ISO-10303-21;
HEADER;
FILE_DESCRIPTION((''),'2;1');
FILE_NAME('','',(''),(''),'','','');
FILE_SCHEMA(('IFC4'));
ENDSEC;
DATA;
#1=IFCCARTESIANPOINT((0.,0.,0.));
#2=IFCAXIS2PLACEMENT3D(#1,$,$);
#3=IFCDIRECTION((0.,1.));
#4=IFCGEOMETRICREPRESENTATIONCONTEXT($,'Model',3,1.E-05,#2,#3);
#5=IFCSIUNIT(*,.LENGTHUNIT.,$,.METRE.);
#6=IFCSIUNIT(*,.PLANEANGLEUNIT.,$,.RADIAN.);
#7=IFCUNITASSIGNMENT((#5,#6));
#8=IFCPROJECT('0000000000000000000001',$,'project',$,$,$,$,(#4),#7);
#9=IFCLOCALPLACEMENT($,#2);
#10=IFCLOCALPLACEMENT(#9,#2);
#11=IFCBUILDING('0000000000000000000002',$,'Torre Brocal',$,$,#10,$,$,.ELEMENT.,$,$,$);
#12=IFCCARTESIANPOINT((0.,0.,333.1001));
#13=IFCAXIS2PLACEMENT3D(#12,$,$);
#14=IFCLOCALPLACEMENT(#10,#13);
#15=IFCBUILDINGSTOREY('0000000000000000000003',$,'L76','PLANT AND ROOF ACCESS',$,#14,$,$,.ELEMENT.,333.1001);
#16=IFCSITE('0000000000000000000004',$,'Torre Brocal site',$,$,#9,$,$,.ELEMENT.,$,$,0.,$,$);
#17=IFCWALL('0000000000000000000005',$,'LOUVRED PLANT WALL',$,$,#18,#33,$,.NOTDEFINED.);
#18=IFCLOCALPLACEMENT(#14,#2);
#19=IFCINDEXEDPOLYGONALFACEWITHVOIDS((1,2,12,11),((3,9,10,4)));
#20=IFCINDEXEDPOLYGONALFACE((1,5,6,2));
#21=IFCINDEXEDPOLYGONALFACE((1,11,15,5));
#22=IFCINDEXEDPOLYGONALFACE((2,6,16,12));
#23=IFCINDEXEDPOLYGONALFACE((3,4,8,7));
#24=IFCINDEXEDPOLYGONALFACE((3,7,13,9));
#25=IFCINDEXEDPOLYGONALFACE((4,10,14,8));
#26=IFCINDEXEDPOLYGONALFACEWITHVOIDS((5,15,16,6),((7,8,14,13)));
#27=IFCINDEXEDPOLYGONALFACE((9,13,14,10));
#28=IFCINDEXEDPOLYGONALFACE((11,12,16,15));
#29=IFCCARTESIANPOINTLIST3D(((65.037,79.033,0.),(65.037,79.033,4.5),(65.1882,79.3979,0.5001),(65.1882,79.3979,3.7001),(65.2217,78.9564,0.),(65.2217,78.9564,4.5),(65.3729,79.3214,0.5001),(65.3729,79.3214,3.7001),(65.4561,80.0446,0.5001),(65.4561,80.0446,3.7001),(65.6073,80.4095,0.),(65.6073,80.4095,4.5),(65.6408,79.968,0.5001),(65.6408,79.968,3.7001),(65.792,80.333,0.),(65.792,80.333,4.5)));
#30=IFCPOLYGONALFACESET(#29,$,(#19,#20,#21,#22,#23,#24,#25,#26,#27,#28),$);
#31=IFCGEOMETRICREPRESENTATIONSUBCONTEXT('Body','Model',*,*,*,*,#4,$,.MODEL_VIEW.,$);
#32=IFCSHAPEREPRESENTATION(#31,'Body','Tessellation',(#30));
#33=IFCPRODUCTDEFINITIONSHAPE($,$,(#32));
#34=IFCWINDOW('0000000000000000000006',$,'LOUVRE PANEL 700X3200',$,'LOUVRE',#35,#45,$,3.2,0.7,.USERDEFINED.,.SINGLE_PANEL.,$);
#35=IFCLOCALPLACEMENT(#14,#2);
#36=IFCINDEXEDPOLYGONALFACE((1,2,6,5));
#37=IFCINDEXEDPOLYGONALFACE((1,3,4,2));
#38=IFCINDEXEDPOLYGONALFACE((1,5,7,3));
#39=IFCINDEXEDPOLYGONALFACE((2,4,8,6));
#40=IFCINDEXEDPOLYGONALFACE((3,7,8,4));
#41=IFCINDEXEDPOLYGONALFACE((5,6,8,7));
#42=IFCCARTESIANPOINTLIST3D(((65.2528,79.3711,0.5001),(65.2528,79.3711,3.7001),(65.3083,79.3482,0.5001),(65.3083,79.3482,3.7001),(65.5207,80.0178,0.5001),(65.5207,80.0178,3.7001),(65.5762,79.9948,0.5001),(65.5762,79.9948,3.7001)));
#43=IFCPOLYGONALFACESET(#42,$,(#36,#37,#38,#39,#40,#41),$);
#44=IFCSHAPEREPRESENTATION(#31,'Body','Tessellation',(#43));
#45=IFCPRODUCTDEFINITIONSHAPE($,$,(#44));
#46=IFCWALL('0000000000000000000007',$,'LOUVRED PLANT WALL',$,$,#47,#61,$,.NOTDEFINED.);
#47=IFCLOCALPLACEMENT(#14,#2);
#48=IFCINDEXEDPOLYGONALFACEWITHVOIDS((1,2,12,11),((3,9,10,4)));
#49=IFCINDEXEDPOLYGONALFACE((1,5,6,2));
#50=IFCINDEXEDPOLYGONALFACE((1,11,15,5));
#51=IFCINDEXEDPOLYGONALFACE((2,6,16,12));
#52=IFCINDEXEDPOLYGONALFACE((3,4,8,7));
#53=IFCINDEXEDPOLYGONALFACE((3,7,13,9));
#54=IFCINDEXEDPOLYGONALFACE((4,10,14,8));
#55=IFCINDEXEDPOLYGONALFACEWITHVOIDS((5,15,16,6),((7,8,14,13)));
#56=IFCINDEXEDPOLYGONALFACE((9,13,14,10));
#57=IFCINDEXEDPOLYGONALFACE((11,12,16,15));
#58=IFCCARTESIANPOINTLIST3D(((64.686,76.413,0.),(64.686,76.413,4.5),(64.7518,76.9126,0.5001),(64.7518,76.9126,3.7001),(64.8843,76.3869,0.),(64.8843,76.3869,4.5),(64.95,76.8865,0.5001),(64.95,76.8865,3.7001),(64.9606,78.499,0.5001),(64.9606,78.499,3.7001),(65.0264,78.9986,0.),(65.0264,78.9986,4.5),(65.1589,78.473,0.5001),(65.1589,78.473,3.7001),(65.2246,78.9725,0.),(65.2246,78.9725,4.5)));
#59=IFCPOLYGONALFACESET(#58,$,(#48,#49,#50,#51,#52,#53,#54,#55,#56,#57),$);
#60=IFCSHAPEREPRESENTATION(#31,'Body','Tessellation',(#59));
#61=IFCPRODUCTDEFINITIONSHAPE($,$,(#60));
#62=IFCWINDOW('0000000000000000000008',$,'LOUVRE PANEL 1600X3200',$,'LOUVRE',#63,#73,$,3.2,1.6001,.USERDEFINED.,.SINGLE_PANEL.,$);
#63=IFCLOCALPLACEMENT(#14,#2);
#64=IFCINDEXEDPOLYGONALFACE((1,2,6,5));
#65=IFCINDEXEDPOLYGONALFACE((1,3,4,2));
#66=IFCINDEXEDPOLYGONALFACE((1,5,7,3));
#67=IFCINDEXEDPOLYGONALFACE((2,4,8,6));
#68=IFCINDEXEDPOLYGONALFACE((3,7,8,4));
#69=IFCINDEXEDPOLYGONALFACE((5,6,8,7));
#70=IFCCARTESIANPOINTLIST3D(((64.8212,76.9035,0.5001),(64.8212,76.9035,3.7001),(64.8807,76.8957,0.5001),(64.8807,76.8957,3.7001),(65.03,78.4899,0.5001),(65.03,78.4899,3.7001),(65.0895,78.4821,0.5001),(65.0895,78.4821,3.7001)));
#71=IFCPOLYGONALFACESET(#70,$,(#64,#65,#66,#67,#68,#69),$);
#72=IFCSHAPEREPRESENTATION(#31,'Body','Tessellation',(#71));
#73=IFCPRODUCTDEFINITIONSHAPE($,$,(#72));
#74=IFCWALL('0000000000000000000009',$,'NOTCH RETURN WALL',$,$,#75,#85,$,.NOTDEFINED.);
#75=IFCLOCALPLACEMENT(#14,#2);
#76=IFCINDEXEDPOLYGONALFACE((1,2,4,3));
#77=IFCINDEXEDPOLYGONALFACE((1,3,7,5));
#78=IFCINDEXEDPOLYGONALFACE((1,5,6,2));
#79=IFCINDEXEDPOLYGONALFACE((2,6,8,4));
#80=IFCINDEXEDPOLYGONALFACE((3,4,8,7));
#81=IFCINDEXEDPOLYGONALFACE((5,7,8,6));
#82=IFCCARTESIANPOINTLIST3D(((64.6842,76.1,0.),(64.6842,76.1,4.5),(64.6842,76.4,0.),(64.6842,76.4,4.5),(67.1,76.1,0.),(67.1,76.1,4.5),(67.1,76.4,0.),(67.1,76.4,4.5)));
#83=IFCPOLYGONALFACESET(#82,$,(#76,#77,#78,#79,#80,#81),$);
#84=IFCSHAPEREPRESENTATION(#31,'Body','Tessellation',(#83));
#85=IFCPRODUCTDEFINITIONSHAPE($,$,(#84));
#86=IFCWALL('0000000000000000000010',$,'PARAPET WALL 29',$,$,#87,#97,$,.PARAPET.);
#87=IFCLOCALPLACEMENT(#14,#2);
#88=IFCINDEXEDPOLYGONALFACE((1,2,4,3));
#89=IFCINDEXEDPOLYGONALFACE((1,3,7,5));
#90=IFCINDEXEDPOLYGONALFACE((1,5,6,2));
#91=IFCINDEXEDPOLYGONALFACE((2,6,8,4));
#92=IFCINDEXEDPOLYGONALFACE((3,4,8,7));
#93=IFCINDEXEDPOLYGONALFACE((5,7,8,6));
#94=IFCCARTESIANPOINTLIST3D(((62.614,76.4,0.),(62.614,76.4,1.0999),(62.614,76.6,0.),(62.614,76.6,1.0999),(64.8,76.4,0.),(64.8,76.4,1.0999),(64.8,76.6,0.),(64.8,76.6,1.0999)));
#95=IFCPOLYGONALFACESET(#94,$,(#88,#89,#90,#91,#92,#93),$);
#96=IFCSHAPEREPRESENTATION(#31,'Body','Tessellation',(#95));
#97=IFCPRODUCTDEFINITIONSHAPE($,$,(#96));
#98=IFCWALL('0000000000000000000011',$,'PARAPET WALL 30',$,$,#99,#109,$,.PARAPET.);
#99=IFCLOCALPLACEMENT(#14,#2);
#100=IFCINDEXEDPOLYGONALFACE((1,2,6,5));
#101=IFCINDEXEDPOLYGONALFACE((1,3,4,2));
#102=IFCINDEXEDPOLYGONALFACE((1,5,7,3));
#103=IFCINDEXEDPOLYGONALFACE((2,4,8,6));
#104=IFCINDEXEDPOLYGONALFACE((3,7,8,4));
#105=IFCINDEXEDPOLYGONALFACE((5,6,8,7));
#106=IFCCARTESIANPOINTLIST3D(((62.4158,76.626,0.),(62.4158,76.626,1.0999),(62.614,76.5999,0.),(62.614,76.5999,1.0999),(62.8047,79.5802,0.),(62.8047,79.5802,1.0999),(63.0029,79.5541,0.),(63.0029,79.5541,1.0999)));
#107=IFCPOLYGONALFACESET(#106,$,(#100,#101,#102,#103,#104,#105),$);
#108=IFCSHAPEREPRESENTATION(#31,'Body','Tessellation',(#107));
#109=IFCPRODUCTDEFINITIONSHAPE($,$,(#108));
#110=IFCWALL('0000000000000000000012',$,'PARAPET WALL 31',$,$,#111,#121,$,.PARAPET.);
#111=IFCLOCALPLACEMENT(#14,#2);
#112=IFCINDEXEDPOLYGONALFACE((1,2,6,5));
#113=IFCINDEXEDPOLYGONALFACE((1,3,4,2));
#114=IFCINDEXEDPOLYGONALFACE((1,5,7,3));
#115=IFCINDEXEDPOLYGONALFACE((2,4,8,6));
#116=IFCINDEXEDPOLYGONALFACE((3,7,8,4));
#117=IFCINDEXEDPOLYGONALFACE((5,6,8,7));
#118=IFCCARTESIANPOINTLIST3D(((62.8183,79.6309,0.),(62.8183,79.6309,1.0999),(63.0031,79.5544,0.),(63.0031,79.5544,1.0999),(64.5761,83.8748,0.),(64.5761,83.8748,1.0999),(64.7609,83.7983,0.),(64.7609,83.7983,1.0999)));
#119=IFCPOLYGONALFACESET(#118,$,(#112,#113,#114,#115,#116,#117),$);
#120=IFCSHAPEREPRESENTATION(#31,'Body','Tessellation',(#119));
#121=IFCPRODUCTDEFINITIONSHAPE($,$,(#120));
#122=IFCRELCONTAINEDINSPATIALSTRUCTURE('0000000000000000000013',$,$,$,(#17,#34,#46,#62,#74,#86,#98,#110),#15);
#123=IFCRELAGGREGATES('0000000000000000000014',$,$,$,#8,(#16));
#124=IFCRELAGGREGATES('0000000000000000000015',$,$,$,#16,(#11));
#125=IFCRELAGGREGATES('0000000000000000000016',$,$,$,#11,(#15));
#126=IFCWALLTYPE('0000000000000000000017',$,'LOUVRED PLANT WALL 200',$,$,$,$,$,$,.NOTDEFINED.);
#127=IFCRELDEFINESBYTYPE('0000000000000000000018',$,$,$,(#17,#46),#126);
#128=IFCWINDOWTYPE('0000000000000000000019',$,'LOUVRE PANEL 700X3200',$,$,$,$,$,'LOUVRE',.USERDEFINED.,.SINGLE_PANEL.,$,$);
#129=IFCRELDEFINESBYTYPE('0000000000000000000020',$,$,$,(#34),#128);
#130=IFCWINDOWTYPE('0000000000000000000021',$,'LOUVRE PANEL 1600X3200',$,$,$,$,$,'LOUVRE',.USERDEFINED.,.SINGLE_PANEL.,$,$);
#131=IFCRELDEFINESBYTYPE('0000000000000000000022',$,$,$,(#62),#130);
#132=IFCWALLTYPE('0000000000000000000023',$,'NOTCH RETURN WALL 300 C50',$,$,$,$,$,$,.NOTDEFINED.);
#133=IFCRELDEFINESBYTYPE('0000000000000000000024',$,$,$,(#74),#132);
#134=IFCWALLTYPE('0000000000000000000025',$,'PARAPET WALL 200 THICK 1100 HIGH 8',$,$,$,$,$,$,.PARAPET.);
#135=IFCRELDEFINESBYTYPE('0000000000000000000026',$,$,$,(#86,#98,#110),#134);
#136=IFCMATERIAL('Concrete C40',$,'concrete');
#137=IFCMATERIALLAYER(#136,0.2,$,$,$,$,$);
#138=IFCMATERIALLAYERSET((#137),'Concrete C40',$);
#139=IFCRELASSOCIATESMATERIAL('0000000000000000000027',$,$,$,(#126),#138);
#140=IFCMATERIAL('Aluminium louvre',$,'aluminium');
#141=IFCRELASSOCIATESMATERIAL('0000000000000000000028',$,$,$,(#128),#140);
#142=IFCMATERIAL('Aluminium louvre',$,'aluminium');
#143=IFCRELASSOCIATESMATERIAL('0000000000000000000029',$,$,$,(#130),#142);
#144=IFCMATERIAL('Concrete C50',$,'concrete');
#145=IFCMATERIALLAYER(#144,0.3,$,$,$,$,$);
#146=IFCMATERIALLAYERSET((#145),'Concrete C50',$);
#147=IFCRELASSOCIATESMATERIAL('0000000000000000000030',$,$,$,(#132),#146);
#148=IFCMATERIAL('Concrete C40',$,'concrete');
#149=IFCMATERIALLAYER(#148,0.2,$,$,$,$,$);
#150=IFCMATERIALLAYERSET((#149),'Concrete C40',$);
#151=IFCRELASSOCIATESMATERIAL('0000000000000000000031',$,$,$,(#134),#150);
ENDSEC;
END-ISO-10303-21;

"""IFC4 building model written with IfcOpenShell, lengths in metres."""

from ifc_helpers import new_model, si_unit, direction, frame, frame_2d, origin, place, context, subcontext, project, spatial, rectangle, extrude, material, layer, layer_set, type_object, element, fill, save


model = new_model("IFC4")

# Units and contexts
model_context = context("Model", 3, precision=1e-05, world=origin(), true_north=direction((0.0, 1.0)))
body_context = subcontext(model_context, "Body", "Model", "MODEL_VIEW")
ifc_project = project(units=[si_unit("LENGTHUNIT", "METRE"), si_unit("PLANEANGLEUNIT", "RADIAN")], contexts=[model_context])

# Site, building, storey
site_placement = place(None, origin())
site = spatial("IfcSite", under=ifc_project, at=site_placement, Name="Torre Brocal site", CompositionType="ELEMENT", RefElevation=0.0)
building_placement = place(site_placement, origin())
building = spatial("IfcBuilding", under=site, at=building_placement, Name="Torre Brocal", CompositionType="ELEMENT")
storey_placement = place(building_placement, frame((0.0, 0.0, 333.1001)))
storey = spatial("IfcBuildingStorey", under=building, at=storey_placement, Name="L76", Description="PLANT AND ROOF ACCESS", CompositionType="ELEMENT", Elevation=333.1001)

# Walls, openings, windows
ifc_material_1 = material(Name="Concrete C40", Category="concrete")
ifc_layer_1 = layer(ifc_material_1, 0.2)
ifc_layer_set_1 = layer_set([ifc_layer_1], Name="Concrete C40")
wall_type_1 = type_object("IfcWallType", Name="LOUVRED PLANT WALL 200", PredefinedType="NOTDEFINED", material=ifc_layer_set_1)
wall_1_placement = place(storey_placement, frame((65.6997, 80.3713, 0.0), z_axis=(0.0, 0.0, 1.0), x_axis=(-0.382776, -0.923841, 0.0)))
wall_1 = element("IfcWall", 1, at=wall_1_placement, inside=storey, type_object=wall_type_1, Name="LOUVRED PLANT WALL", PredefinedType="NOTDEFINED", context=body_context, shape_type="SweptSolid", body=[
    extrude(rectangle(XDim=1.49, YDim=0.2, at=frame_2d((0.7451, 0.0))), origin(), (0.0, 0.0, 1.0), 4.5),
])
opening_1_placement = place(wall_1_placement, frame((0.395, 0.0, 0.5)))
opening_1 = element("IfcOpeningElement", 2, at=opening_1_placement, cuts=wall_1, PredefinedType="OPENING", context=body_context, shape_type="SweptSolid", body=[
    extrude(rectangle(XDim=0.7, YDim=3.2, at=frame_2d((0.3501, 1.6001))), frame((0.0, 0.1099, 0.0), z_axis=(0.0, -1.0, 0.0), x_axis=(1.0, 0.0, 0.0)), (0.0, 0.0, 1.0), 0.22),
])
ifc_material_2 = material(Name="Aluminium louvre", Category="aluminium")
window_type_1 = type_object("IfcWindowType", Name="LOUVRE PANEL 700X3200", ElementType="LOUVRE", PartitioningType="SINGLE_PANEL", PredefinedType="USERDEFINED", material=ifc_material_2)
window_1_placement = place(opening_1_placement, origin())
window_1 = element("IfcWindow", 3, at=window_1_placement, inside=storey, type_object=window_type_1, Name="LOUVRE PANEL 700X3200", ObjectType="LOUVRE", OverallHeight=3.2, OverallWidth=0.7, PartitioningType="SINGLE_PANEL", PredefinedType="USERDEFINED", context=body_context, shape_type="SweptSolid", body=[
    extrude(rectangle(XDim=0.7, YDim=3.2, at=frame_2d((0.3501, 1.6001))), frame((0.0, 0.03, 0.0), z_axis=(0.0, -1.0, 0.0), x_axis=(1.0, 0.0, 0.0)), (0.0, 0.0, 1.0), 0.0601),
])
fill(opening_1, window_1)
wall_2_placement = place(storey_placement, frame((65.1255, 78.9856, 0.0), z_axis=(0.0, 0.0, 1.0), x_axis=(-0.130496, -0.991449, 0.0)))
wall_2 = element("IfcWall", 4, at=wall_2_placement, inside=storey, type_object=wall_type_1, Name="LOUVRED PLANT WALL", PredefinedType="NOTDEFINED", context=body_context, shape_type="SweptSolid", body=[
    extrude(rectangle(XDim=2.6079, YDim=0.2, at=frame_2d((1.304, 0.0))), origin(), (0.0, 0.0, 1.0), 4.5),
])
opening_2_placement = place(wall_2_placement, frame((0.5039, 0.0, 0.5)))
opening_2 = element("IfcOpeningElement", 5, at=opening_2_placement, cuts=wall_2, PredefinedType="OPENING", context=body_context, shape_type="SweptSolid", body=[
    extrude(rectangle(XDim=1.6001, YDim=3.2, at=frame_2d((0.8, 1.6001))), frame((0.0, 0.1099, 0.0), z_axis=(0.0, -1.0, 0.0), x_axis=(1.0, 0.0, 0.0)), (0.0, 0.0, 1.0), 0.22),
])
ifc_material_3 = material(Name="Aluminium louvre", Category="aluminium")
window_type_2 = type_object("IfcWindowType", Name="LOUVRE PANEL 1600X3200", ElementType="LOUVRE", PartitioningType="SINGLE_PANEL", PredefinedType="USERDEFINED", material=ifc_material_3)
window_2_placement = place(opening_2_placement, origin())
window_2 = element("IfcWindow", 6, at=window_2_placement, inside=storey, type_object=window_type_2, Name="LOUVRE PANEL 1600X3200", ObjectType="LOUVRE", OverallHeight=3.2, OverallWidth=1.6001, PartitioningType="SINGLE_PANEL", PredefinedType="USERDEFINED", context=body_context, shape_type="SweptSolid", body=[
    extrude(rectangle(XDim=1.6001, YDim=3.2, at=frame_2d((0.8, 1.6001))), frame((0.0, 0.03, 0.0), z_axis=(0.0, -1.0, 0.0), x_axis=(1.0, 0.0, 0.0)), (0.0, 0.0, 1.0), 0.0601),
])
fill(opening_2, window_2)

# Walls
ifc_material_4 = material(Name="Concrete C50", Category="concrete")
ifc_layer_2 = layer(ifc_material_4, 0.3)
ifc_layer_set_2 = layer_set([ifc_layer_2], Name="Concrete C50")
wall_type_2 = type_object("IfcWallType", Name="NOTCH RETURN WALL 300 C50", PredefinedType="NOTDEFINED", material=ifc_layer_set_2)
wall_3_placement = place(storey_placement, frame((67.1001, 76.25, 0.0), z_axis=(0.0, 0.0, 1.0), x_axis=(-1.0, 0.0, 0.0)))
element("IfcWall", 7, at=wall_3_placement, inside=storey, type_object=wall_type_2, Name="NOTCH RETURN WALL", PredefinedType="NOTDEFINED", context=body_context, shape_type="SweptSolid", body=[
    extrude(rectangle(XDim=2.4158, YDim=0.3, at=frame_2d((1.208, 0.0))), origin(), (0.0, 0.0, 1.0), 4.5),
])
ifc_material_5 = material(Name="Concrete C40", Category="concrete")
ifc_layer_3 = layer(ifc_material_5, 0.2)
ifc_layer_set_3 = layer_set([ifc_layer_3], Name="Concrete C40")
wall_type_3 = type_object("IfcWallType", Name="PARAPET WALL 200 THICK 1100 HIGH 8", PredefinedType="PARAPET", material=ifc_layer_set_3)
wall_4_placement = place(storey_placement, frame((64.8, 76.5, 0.0), z_axis=(0.0, 0.0, 1.0), x_axis=(-1.0, 0.0, 0.0)))
element("IfcWall", 8, at=wall_4_placement, inside=storey, type_object=wall_type_3, Name="PARAPET WALL 29", PredefinedType="PARAPET", context=body_context, shape_type="SweptSolid", body=[
    extrude(rectangle(XDim=2.186, YDim=0.2, at=frame_2d((1.093, 0.0))), origin(), (0.0, 0.0, 1.0), 1.0999),
])
wall_5_placement = place(storey_placement, frame((62.5149, 76.613, 0.0), z_axis=(0.0, 0.0, 1.0), x_axis=(0.130516, 0.991446, 0.0)))
element("IfcWall", 9, at=wall_5_placement, inside=storey, type_object=wall_type_3, Name="PARAPET WALL 30", PredefinedType="PARAPET", context=body_context, shape_type="SweptSolid", body=[
    extrude(rectangle(XDim=2.9797, YDim=0.2, at=frame_2d((1.4897, 0.0))), origin(), (0.0, 0.0, 1.0), 1.0999),
])
wall_6_placement = place(storey_placement, frame((62.9106, 79.5925, 0.0), z_axis=(0.0, 0.0, 1.0), x_axis=(0.382671, 0.923885, 0.0)))
element("IfcWall", 10, at=wall_6_placement, inside=storey, type_object=wall_type_3, Name="PARAPET WALL 31", PredefinedType="PARAPET", context=body_context, shape_type="SweptSolid", body=[
    extrude(rectangle(XDim=4.5935, YDim=0.2, at=frame_2d((2.2969, 0.0))), origin(), (0.0, 0.0, 1.0), 1.0999),
])

save(model, "model.ifc")
